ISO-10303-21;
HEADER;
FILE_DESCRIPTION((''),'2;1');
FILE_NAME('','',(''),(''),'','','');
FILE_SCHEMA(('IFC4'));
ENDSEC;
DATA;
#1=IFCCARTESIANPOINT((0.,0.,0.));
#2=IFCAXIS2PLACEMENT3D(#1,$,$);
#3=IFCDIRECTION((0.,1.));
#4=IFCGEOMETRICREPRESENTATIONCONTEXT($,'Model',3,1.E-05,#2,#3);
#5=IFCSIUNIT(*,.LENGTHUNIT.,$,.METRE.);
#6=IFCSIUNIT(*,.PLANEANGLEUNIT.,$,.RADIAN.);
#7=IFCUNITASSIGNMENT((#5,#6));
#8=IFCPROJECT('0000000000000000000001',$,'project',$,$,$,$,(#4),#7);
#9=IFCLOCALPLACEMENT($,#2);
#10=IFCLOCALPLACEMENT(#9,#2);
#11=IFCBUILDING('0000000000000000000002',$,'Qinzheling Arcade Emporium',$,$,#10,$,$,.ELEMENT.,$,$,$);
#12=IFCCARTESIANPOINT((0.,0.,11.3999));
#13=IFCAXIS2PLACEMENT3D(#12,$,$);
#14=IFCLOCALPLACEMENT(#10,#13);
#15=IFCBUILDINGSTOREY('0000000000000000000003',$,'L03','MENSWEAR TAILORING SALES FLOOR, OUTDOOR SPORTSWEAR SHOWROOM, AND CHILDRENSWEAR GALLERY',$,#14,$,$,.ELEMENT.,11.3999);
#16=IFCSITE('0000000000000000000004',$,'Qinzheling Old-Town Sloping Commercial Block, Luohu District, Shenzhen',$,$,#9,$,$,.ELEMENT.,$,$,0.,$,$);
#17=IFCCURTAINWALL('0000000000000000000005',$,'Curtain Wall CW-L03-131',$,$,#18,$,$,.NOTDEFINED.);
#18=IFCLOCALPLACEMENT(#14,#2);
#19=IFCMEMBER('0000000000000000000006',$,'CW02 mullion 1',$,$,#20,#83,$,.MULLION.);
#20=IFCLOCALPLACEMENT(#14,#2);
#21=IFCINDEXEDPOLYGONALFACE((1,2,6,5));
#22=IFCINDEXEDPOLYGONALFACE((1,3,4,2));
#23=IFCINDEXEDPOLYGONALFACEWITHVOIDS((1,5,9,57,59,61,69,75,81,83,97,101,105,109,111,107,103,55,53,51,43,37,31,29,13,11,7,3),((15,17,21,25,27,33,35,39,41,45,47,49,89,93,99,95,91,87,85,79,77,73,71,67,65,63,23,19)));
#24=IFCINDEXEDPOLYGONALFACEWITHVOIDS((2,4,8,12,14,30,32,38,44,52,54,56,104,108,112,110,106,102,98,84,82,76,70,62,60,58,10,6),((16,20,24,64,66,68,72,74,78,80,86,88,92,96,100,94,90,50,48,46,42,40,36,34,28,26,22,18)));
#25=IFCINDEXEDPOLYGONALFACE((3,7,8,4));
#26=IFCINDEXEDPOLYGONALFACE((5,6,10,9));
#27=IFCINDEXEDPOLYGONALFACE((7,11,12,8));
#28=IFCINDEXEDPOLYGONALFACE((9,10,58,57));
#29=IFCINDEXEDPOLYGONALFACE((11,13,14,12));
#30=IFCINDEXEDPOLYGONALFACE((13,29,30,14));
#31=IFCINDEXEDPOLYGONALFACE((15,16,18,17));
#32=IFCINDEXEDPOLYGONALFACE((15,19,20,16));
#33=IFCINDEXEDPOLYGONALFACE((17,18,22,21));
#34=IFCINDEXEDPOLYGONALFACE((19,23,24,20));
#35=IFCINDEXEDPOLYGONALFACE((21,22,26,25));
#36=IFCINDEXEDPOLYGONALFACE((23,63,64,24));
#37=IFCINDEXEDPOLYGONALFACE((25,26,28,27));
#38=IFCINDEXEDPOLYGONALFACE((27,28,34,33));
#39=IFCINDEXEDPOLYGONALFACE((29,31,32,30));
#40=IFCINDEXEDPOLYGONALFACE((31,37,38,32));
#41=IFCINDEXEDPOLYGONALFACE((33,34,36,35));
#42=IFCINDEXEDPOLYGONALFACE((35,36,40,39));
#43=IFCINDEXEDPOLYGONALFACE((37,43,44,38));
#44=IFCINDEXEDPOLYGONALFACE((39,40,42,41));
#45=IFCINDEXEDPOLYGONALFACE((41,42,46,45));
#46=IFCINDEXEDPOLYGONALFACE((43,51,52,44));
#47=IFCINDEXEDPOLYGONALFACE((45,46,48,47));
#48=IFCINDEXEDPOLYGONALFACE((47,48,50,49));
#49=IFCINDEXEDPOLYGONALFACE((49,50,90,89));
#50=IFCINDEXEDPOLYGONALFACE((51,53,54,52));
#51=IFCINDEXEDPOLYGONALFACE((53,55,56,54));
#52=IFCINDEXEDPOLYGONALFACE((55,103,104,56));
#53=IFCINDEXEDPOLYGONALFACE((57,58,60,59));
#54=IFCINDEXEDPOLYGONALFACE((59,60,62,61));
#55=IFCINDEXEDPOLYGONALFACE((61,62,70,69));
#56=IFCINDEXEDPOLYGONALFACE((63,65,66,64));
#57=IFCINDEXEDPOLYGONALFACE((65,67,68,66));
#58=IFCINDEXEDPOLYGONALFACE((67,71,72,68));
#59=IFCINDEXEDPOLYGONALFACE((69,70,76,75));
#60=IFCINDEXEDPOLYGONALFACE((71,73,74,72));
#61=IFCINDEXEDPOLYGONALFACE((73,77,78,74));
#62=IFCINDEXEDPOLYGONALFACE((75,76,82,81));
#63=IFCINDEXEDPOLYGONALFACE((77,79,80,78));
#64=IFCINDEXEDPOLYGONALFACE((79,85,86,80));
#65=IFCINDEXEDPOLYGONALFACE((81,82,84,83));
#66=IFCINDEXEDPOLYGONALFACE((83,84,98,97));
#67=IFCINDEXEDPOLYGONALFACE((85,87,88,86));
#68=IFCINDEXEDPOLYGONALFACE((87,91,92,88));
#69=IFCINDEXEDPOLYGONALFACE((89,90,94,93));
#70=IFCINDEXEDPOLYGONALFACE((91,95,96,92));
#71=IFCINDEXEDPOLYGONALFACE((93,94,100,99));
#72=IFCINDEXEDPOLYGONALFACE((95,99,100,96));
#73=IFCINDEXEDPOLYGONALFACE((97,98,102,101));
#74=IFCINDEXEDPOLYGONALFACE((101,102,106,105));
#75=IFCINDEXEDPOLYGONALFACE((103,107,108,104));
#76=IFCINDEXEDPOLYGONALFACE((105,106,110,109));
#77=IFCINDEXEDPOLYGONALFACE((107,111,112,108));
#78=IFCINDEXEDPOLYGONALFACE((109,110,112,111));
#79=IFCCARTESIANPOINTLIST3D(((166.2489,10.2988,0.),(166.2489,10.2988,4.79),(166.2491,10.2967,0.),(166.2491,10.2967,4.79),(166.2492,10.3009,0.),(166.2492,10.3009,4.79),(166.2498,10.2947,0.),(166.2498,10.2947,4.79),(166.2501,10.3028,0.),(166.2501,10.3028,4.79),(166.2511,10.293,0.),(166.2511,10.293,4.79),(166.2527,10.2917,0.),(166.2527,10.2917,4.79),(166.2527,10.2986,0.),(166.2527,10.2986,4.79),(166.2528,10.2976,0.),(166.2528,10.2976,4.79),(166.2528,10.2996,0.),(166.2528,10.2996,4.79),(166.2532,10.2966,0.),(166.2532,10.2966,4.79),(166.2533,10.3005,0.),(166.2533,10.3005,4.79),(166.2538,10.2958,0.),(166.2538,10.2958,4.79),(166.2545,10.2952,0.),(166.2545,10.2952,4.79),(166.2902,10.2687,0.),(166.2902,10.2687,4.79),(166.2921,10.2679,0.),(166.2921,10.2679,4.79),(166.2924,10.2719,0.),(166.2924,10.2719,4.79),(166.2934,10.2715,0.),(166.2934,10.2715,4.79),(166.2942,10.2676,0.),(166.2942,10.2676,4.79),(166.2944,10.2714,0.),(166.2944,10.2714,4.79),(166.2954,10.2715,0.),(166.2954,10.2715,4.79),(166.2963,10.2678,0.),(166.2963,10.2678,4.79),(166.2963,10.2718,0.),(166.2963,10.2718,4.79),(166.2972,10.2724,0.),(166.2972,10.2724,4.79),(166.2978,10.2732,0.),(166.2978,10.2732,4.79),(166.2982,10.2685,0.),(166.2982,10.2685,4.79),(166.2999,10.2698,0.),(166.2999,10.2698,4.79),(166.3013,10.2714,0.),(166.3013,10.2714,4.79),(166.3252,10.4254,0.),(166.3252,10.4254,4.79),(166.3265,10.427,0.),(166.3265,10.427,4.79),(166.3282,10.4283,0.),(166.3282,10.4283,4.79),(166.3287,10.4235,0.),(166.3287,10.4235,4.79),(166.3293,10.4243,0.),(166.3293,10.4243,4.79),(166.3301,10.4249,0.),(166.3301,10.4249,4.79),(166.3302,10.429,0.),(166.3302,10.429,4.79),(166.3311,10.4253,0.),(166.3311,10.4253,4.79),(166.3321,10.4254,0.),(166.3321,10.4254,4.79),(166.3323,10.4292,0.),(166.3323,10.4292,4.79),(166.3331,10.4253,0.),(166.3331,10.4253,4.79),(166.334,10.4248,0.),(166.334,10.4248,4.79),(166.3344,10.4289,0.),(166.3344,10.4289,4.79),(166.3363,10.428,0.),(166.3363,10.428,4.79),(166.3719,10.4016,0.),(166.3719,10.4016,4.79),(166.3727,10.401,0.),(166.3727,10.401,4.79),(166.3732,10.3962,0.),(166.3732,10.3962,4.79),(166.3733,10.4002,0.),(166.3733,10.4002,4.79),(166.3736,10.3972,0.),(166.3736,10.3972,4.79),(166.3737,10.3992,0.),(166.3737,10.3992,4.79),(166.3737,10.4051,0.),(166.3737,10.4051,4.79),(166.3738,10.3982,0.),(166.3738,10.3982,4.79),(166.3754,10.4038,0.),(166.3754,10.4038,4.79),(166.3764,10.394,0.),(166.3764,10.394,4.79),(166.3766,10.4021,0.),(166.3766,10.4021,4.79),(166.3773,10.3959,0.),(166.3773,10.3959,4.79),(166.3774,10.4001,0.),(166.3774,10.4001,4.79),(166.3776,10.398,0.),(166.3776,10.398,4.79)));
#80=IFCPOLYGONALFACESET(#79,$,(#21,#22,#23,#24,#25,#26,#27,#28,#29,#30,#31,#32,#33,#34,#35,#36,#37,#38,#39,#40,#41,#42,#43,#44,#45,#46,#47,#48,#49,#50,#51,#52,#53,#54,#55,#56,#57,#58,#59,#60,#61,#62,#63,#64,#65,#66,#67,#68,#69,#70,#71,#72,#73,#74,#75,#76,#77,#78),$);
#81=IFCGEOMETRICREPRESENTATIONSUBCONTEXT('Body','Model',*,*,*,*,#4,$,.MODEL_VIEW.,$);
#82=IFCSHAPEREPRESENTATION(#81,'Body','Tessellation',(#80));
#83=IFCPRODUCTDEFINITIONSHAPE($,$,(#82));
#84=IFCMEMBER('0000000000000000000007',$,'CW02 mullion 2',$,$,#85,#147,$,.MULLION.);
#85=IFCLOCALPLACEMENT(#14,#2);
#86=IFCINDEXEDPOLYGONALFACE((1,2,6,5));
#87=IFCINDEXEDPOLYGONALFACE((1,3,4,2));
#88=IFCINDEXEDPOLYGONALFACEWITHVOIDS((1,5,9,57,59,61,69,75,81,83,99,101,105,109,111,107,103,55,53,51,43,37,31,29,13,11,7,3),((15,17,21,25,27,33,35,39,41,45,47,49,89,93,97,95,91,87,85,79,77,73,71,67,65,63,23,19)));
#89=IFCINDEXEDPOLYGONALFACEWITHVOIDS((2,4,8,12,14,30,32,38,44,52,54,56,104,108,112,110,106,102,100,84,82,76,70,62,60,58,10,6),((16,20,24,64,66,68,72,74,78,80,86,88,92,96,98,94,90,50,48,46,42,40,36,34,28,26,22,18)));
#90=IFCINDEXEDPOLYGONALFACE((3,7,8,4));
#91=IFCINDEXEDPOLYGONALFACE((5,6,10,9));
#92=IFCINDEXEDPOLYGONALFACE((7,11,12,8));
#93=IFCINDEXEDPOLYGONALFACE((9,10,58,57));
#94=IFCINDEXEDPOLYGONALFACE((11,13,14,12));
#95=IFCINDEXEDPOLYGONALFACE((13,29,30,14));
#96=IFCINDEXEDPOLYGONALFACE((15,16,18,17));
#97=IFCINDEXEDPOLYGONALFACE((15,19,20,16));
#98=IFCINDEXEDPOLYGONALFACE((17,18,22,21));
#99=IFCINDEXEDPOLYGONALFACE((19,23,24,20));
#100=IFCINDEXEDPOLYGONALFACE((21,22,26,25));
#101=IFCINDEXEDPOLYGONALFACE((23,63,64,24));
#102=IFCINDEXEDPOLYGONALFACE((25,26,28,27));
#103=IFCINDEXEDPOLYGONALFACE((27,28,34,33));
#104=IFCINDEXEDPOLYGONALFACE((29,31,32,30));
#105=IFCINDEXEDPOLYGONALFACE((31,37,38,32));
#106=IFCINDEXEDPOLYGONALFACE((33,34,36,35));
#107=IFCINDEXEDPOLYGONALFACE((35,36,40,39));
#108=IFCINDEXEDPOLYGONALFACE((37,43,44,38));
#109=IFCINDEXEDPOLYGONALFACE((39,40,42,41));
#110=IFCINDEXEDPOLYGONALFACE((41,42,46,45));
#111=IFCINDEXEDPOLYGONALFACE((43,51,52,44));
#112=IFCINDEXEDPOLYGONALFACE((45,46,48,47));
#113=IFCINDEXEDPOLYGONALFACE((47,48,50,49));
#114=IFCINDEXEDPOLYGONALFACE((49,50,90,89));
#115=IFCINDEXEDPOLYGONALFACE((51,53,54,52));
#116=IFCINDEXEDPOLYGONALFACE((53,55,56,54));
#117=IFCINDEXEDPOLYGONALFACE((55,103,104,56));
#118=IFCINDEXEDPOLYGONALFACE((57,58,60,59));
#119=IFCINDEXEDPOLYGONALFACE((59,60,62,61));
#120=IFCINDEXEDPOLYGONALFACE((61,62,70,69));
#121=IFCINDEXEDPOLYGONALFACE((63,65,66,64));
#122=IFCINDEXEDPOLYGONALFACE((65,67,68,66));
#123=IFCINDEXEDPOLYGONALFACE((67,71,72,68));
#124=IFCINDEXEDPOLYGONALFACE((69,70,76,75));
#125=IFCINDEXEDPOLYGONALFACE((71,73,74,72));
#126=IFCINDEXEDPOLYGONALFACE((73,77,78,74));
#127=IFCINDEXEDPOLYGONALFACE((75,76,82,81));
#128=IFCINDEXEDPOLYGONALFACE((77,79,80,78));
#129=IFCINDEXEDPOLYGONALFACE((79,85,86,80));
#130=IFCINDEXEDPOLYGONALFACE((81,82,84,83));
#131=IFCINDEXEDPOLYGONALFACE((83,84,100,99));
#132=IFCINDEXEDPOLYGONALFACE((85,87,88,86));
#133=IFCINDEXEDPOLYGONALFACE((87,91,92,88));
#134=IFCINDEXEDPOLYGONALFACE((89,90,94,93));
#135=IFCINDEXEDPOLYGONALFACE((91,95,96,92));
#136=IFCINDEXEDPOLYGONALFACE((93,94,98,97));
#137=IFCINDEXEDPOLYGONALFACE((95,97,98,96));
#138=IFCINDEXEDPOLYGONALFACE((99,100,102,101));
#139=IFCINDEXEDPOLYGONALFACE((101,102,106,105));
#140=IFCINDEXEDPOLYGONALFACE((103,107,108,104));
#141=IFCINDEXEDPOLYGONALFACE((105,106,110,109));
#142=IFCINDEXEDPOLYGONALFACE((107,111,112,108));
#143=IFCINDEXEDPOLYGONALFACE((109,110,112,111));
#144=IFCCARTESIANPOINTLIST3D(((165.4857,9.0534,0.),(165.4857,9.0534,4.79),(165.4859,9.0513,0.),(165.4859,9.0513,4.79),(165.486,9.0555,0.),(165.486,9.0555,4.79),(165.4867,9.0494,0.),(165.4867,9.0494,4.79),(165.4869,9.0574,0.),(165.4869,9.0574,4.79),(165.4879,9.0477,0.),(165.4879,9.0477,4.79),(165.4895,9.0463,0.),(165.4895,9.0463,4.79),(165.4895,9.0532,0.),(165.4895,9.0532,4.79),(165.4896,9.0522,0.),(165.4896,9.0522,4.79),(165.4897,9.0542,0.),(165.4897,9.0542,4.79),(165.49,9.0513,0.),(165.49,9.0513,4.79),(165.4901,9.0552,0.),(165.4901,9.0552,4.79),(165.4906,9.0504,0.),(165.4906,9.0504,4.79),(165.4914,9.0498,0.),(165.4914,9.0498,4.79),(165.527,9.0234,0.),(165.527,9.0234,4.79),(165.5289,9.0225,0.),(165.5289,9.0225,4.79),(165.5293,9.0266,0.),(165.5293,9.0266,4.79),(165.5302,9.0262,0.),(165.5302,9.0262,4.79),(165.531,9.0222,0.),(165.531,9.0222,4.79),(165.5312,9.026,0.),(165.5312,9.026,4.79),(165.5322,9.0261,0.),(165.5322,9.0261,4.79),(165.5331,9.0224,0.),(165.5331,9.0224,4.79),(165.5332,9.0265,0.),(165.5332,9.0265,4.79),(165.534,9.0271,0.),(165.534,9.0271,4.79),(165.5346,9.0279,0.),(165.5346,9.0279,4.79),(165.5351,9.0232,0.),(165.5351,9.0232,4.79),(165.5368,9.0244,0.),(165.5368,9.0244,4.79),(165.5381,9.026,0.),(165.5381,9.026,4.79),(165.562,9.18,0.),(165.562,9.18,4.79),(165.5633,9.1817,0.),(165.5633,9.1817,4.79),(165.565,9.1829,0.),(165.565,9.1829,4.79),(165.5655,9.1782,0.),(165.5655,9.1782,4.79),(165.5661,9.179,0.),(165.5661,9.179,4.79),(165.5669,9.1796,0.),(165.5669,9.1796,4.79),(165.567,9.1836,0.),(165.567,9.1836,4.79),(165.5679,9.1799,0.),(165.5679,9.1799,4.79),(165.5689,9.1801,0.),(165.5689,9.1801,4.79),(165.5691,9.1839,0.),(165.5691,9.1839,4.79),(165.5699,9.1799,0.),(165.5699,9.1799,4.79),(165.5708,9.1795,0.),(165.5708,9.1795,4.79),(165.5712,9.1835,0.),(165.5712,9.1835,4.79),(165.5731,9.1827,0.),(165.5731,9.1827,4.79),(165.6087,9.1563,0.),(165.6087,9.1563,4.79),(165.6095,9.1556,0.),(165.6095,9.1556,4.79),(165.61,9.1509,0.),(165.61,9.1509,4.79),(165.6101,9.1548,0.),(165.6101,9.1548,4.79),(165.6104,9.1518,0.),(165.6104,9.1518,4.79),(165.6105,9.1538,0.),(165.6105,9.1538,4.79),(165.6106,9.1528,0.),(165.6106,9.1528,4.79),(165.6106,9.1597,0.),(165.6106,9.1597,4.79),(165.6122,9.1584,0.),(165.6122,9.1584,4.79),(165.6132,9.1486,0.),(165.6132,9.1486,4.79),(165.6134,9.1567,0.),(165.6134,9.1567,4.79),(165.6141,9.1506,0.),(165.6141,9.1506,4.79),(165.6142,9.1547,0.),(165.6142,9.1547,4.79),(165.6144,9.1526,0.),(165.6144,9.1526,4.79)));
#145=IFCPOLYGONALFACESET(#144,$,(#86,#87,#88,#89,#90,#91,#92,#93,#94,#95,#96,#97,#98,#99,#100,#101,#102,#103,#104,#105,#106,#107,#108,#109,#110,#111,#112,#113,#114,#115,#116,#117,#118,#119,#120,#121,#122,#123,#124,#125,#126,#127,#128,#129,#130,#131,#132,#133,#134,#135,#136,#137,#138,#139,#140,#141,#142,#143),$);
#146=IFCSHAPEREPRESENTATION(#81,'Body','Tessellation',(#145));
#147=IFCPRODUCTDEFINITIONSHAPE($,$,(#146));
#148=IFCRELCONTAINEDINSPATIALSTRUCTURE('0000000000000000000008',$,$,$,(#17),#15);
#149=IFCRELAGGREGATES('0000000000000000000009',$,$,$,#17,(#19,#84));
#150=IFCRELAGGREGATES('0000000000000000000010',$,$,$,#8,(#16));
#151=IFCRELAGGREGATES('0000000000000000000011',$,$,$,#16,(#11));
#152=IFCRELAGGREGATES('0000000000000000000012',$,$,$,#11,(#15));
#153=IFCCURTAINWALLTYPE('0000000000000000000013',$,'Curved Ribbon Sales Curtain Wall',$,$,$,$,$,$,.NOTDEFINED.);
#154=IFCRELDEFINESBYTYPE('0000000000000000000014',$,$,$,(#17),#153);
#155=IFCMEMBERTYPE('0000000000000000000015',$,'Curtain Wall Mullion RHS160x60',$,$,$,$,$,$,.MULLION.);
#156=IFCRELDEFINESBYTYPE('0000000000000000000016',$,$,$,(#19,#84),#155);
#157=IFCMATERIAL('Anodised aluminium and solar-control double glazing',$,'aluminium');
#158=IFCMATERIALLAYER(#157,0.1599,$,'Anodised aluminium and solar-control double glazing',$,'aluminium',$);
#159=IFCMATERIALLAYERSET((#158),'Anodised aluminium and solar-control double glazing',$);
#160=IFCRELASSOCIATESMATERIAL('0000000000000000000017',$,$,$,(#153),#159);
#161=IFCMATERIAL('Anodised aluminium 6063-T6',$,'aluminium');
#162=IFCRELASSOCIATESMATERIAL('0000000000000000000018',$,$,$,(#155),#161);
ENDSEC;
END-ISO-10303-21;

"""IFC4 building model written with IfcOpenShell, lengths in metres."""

from ifc_helpers import new_model, si_unit, direction, frame, origin, origin_2d, place, context, subcontext, project, spatial, hollow_rectangle, extrude, material, layer, layer_set, material_profile, profile_set, type_object, element, aggregate, save


model = new_model("IFC4")

# Units and contexts
model_context = context("Model", 3, precision=1e-05, world=origin(), true_north=direction((0.0, 1.0)))
body_context = subcontext(model_context, "Body", "Model", "MODEL_VIEW")
ifc_project = project(units=[si_unit("LENGTHUNIT", "METRE"), si_unit("PLANEANGLEUNIT", "RADIAN")], contexts=[model_context])

# Site, building, storey
site_placement = place(None, origin())
site = spatial("IfcSite", under=ifc_project, at=site_placement, Name="Qinzheling Old-Town Sloping Commercial Block, Luohu District, Shenzhen", CompositionType="ELEMENT", RefElevation=0.0)
building_placement = place(site_placement, origin())
building = spatial("IfcBuilding", under=site, at=building_placement, Name="Qinzheling Arcade Emporium", CompositionType="ELEMENT")
storey_placement = place(building_placement, frame((0.0, 0.0, 11.3999)))
storey = spatial("IfcBuildingStorey", under=building, at=storey_placement, Name="L03", Description="MENSWEAR TAILORING SALES FLOOR, OUTDOOR SPORTSWEAR SHOWROOM, AND CHILDRENSWEAR GALLERY", CompositionType="ELEMENT", Elevation=11.3999)

# Curtain wall, members
ifc_material_1 = material(Name="Anodised aluminium and solar-control double glazing", Category="aluminium")
ifc_layer_1 = layer(ifc_material_1, 0.1599, Name="Anodised aluminium and solar-control double glazing", Category="aluminium")
ifc_layer_set_1 = layer_set([ifc_layer_1], Name="Anodised aluminium and solar-control double glazing")
curtain_wall_type = type_object("IfcCurtainWallType", Name="Curved Ribbon Sales Curtain Wall", PredefinedType="NOTDEFINED", material=ifc_layer_set_1)
curtain_wall_1_placement = place(storey_placement, origin())
curtain_wall_1 = element("IfcCurtainWall", 1, at=curtain_wall_1_placement, inside=storey, type_object=curtain_wall_type, Name="Curtain Wall CW-L03-131", PredefinedType="NOTDEFINED")
ifc_material_2 = material(Name="Anodised aluminium 6063-T6", Category="aluminium")
ifc_material_profile_1 = material_profile(ifc_material_2, hollow_rectangle(XDim=0.0601, YDim=0.1599, WallThickness=0.0039, InnerFilletRadius=0.0039, OuterFilletRadius=0.0081, at=origin_2d()), Name="RHS 160x60x4", Category="aluminium")
ifc_profile_set_1 = profile_set([ifc_material_profile_1], Name="Anodised aluminium 6063-T6")
member_type_1 = type_object("IfcMemberType", Name="Curtain Wall Mullion RHS160x60", PredefinedType="MULLION", material=ifc_profile_set_1)
member_1_placement = place(storey_placement, frame((166.3132, 10.3484, 0.0), z_axis=(0.0, 0.0, 1.0), x_axis=(0.852601, -0.522562, 0.0)))
member_1 = element("IfcMember", 2, at=member_1_placement, type_object=member_type_1, Name="CW02 mullion 1", PredefinedType="MULLION", context=body_context, shape_type="SweptSolid", body=[
    extrude(hollow_rectangle(XDim=0.0601, YDim=0.1599, WallThickness=0.0039, InnerFilletRadius=0.0039, OuterFilletRadius=0.0081, at=origin_2d()), origin(), (0.0, 0.0, 1.0), 4.79),
])
member_2_placement = place(storey_placement, frame((165.55, 9.103, 0.0), z_axis=(0.0, 0.0, 1.0), x_axis=(0.852601, -0.522562, 0.0)))
member_2 = element("IfcMember", 3, at=member_2_placement, type_object=member_type_1, Name="CW02 mullion 2", PredefinedType="MULLION", context=body_context, shape_type="SweptSolid", body=[
    extrude(hollow_rectangle(XDim=0.0601, YDim=0.1599, WallThickness=0.0039, InnerFilletRadius=0.0039, OuterFilletRadius=0.0081, at=origin_2d()), origin(), (0.0, 0.0, 1.0), 4.79),
])

aggregate(curtain_wall_1, [member_1, member_2])

save(model, "model.ifc")
